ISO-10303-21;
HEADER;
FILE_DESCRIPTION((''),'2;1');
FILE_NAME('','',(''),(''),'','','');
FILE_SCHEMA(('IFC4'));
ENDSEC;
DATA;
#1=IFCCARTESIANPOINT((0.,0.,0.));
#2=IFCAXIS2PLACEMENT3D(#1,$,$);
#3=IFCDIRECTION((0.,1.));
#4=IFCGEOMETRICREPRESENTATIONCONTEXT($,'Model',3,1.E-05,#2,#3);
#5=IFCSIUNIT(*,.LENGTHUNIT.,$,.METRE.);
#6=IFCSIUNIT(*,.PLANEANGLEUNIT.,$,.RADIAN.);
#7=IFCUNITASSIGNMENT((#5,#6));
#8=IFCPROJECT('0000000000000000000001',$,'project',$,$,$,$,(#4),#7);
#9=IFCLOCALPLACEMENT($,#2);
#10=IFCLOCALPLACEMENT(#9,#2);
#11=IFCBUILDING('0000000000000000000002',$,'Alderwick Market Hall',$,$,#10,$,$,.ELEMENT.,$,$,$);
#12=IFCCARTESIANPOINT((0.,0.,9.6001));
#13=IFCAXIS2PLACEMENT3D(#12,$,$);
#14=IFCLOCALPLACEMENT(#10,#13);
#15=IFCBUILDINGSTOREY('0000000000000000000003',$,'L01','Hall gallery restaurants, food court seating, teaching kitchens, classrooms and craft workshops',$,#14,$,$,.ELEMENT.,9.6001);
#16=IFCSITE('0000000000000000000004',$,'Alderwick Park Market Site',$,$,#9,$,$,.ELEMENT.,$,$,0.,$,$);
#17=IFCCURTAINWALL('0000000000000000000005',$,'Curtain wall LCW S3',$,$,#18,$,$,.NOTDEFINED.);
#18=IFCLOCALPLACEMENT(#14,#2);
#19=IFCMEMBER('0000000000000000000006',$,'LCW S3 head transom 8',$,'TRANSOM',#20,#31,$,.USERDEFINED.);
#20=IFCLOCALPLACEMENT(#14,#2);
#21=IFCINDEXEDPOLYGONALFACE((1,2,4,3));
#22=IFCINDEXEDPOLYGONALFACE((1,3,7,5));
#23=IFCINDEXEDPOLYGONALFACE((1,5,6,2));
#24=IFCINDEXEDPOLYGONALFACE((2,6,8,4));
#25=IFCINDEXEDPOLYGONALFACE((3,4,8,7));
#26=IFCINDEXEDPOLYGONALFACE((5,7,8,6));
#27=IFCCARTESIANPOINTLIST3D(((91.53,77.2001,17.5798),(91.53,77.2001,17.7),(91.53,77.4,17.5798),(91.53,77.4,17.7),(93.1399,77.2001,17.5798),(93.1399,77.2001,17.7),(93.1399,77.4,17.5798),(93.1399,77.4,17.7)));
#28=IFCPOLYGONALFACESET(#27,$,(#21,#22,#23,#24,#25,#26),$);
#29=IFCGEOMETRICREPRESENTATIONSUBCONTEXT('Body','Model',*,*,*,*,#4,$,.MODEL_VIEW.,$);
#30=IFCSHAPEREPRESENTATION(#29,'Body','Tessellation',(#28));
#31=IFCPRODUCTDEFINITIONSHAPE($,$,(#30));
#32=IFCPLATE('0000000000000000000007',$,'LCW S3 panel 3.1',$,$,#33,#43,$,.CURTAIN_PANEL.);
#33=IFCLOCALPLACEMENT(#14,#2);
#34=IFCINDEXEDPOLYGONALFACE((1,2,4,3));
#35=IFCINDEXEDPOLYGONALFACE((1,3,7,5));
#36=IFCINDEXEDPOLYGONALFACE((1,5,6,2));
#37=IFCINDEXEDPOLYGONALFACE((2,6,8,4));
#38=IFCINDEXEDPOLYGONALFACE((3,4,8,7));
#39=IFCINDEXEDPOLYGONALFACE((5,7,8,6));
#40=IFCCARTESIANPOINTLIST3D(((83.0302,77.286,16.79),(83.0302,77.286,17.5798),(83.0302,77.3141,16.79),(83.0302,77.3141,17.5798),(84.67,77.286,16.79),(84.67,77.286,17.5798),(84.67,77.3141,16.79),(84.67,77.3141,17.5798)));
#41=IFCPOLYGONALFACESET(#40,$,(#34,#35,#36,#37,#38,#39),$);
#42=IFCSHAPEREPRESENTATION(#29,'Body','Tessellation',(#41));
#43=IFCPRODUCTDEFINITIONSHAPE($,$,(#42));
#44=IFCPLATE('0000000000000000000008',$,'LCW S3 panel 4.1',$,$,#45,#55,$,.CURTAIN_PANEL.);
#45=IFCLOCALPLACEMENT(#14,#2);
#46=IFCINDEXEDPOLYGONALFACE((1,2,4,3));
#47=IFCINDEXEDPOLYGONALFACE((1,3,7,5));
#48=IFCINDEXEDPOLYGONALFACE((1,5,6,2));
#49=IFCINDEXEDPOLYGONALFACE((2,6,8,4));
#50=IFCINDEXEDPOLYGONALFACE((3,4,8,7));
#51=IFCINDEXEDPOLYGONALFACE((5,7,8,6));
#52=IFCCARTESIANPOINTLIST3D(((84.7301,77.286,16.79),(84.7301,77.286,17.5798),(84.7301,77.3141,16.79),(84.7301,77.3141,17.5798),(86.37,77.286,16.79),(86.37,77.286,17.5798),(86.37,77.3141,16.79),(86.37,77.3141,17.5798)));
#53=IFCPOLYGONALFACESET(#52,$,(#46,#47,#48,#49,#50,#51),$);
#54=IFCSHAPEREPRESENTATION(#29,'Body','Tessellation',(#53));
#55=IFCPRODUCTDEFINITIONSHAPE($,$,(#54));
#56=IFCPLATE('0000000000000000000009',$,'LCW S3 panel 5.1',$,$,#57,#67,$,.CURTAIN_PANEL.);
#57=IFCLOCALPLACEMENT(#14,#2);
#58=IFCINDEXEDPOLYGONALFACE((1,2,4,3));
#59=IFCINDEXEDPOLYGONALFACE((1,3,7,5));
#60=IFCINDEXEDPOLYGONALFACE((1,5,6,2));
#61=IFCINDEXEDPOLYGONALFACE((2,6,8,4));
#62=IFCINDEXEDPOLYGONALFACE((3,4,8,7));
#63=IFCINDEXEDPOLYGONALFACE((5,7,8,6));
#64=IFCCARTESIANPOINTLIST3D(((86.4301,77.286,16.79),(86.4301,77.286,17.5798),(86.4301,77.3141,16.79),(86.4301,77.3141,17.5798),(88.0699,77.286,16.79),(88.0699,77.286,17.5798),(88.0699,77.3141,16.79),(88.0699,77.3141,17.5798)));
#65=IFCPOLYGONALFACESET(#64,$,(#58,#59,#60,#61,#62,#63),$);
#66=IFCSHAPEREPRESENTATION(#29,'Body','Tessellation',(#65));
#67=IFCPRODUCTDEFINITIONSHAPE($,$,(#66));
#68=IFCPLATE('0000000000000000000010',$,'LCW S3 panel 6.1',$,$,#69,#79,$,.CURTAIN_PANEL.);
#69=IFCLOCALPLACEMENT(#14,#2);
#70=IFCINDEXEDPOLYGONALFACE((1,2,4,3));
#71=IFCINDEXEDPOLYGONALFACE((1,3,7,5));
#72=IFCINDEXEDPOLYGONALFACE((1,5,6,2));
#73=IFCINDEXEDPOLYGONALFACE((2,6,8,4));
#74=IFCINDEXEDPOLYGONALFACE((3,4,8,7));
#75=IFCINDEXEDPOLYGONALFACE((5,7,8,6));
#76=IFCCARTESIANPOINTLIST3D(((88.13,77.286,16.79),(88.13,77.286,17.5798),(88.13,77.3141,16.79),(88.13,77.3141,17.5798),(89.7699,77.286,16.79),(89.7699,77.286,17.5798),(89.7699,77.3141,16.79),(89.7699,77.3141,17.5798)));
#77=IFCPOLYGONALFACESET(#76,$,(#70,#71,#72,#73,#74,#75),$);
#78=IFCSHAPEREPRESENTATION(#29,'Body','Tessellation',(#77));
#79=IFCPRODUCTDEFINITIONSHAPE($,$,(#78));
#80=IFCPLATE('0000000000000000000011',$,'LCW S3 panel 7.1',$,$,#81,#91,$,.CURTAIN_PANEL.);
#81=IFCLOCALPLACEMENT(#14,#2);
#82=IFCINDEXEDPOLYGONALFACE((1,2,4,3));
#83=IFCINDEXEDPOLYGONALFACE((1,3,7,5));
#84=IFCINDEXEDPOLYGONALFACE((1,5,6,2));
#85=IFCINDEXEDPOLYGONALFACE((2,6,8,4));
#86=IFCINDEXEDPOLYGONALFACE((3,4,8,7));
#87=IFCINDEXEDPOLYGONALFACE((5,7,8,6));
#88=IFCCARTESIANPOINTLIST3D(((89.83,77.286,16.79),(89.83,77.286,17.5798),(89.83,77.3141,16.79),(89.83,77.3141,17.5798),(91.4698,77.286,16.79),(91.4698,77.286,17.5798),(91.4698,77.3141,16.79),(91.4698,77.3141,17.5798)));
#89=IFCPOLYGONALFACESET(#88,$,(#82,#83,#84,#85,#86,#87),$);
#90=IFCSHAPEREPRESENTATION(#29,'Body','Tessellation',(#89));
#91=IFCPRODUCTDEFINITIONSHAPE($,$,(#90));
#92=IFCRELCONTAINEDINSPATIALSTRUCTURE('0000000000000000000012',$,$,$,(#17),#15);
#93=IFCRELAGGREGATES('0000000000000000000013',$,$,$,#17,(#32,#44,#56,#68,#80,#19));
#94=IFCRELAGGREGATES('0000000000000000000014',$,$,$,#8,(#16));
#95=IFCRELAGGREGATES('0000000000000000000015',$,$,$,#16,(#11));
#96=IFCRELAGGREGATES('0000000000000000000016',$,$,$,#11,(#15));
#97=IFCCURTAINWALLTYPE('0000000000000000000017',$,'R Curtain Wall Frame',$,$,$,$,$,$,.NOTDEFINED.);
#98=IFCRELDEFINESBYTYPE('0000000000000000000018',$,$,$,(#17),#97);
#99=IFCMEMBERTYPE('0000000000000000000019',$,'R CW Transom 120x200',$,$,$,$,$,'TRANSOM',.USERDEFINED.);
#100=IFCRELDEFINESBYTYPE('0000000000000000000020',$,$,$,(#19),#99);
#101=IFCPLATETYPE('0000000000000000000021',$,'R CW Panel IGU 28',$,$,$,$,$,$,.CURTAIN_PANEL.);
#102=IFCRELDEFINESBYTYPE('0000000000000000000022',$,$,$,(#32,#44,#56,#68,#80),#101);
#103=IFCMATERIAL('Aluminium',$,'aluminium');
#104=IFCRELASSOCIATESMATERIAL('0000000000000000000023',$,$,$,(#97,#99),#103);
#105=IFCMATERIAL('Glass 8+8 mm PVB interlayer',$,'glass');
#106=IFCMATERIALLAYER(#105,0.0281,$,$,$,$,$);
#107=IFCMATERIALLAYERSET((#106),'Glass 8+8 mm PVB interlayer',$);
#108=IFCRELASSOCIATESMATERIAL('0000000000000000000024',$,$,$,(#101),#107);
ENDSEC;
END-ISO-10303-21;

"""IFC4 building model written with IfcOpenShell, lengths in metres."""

from ifc_helpers import new_model, si_unit, direction, frame, origin, origin_2d, place, context, subcontext, project, spatial, rectangle, extrude, material, layer, layer_set, material_profile, profile_set, type_object, element, aggregate, save


model = new_model("IFC4")

# Units and contexts
model_context = context("Model", 3, precision=1e-05, world=origin(), true_north=direction((0.0, 1.0)))
body_context = subcontext(model_context, "Body", "Model", "MODEL_VIEW")
ifc_project = project(units=[si_unit("LENGTHUNIT", "METRE"), si_unit("PLANEANGLEUNIT", "RADIAN")], contexts=[model_context])

# Site, building, storey
site_placement = place(None, origin())
site = spatial("IfcSite", under=ifc_project, at=site_placement, Name="Alderwick Park Market Site", CompositionType="ELEMENT", RefElevation=0.0)
building_placement = place(site_placement, origin())
building = spatial("IfcBuilding", under=site, at=building_placement, Name="Alderwick Market Hall", CompositionType="ELEMENT")
storey_placement = place(building_placement, frame((0.0, 0.0, 9.6001)))
storey = spatial("IfcBuildingStorey", under=building, at=storey_placement, Name="L01", Description="Hall gallery restaurants, food court seating, teaching kitchens, classrooms and craft workshops", CompositionType="ELEMENT", Elevation=9.6001)

# Curtain wall, member, plates
ifc_material_1 = material(Name="Aluminium", Category="aluminium")
curtain_wall_type = type_object("IfcCurtainWallType", Name="R Curtain Wall Frame", PredefinedType="NOTDEFINED", material=ifc_material_1)
curtain_wall_placement = place(storey_placement, origin())
curtain_wall = element("IfcCurtainWall", 1, at=curtain_wall_placement, inside=storey, type_object=curtain_wall_type, Name="Curtain wall LCW S3", PredefinedType="NOTDEFINED")
ifc_material_profile_1 = material_profile(ifc_material_1, rectangle(XDim=0.2, YDim=0.1201, at=origin_2d()), Name="AL 120x200")
ifc_profile_set_1 = profile_set([ifc_material_profile_1], Name="Aluminium")
member_type_1 = type_object("IfcMemberType", Name="R CW Transom 120x200", ElementType="TRANSOM", PredefinedType="USERDEFINED", material=ifc_profile_set_1)
member_1_placement = place(storey_placement, frame((91.53, 77.3, 17.6399), z_axis=(1.0, 0.0, 0.0), x_axis=(0.0, 1.0, 0.0)))
member_1 = element("IfcMember", 2, at=member_1_placement, type_object=member_type_1, Name="LCW S3 head transom 8", ObjectType="TRANSOM", PredefinedType="USERDEFINED", context=body_context, shape_type="SweptSolid", body=[
    extrude(rectangle(XDim=0.2, YDim=0.1201, at=origin_2d()), origin(), (0.0, 0.0, 1.0), 1.6099),
])
ifc_material_2 = material(Name="Glass 8+8 mm PVB interlayer", Category="glass")
ifc_layer = layer(ifc_material_2, 0.0281)
ifc_layer_set = layer_set([ifc_layer], Name="Glass 8+8 mm PVB interlayer")
plate_type = type_object("IfcPlateType", Name="R CW Panel IGU 28", PredefinedType="CURTAIN_PANEL", material=ifc_layer_set)
plate_1_placement = place(storey_placement, frame((83.8501, 77.3, 16.79), z_axis=(0.0, 0.0, 1.0), x_axis=(1.0, 0.0, 0.0)))
plate_1 = element("IfcPlate", 3, at=plate_1_placement, type_object=plate_type, Name="LCW S3 panel 3.1", PredefinedType="CURTAIN_PANEL", context=body_context, shape_type="SweptSolid", body=[
    extrude(rectangle(XDim=1.6399, YDim=0.0281, at=origin_2d()), origin(), (0.0, 0.0, 1.0), 0.7898),
])
plate_2_placement = place(storey_placement, frame((85.55, 77.3, 16.79), z_axis=(0.0, 0.0, 1.0), x_axis=(1.0, 0.0, 0.0)))
plate_2 = element("IfcPlate", 4, at=plate_2_placement, type_object=plate_type, Name="LCW S3 panel 4.1", PredefinedType="CURTAIN_PANEL", context=body_context, shape_type="SweptSolid", body=[
    extrude(rectangle(XDim=1.6399, YDim=0.0281, at=origin_2d()), origin(), (0.0, 0.0, 1.0), 0.7898),
])
plate_3_placement = place(storey_placement, frame((87.25, 77.3, 16.79), z_axis=(0.0, 0.0, 1.0), x_axis=(1.0, 0.0, 0.0)))
plate_3 = element("IfcPlate", 5, at=plate_3_placement, type_object=plate_type, Name="LCW S3 panel 5.1", PredefinedType="CURTAIN_PANEL", context=body_context, shape_type="SweptSolid", body=[
    extrude(rectangle(XDim=1.6399, YDim=0.0281, at=origin_2d()), origin(), (0.0, 0.0, 1.0), 0.7898),
])
plate_4_placement = place(storey_placement, frame((88.95, 77.3, 16.79), z_axis=(0.0, 0.0, 1.0), x_axis=(1.0, 0.0, 0.0)))
plate_4 = element("IfcPlate", 6, at=plate_4_placement, type_object=plate_type, Name="LCW S3 panel 6.1", PredefinedType="CURTAIN_PANEL", context=body_context, shape_type="SweptSolid", body=[
    extrude(rectangle(XDim=1.6399, YDim=0.0281, at=origin_2d()), origin(), (0.0, 0.0, 1.0), 0.7898),
])
plate_5_placement = place(storey_placement, frame((90.6499, 77.3, 16.79), z_axis=(0.0, 0.0, 1.0), x_axis=(1.0, 0.0, 0.0)))
plate_5 = element("IfcPlate", 7, at=plate_5_placement, type_object=plate_type, Name="LCW S3 panel 7.1", PredefinedType="CURTAIN_PANEL", context=body_context, shape_type="SweptSolid", body=[
    extrude(rectangle(XDim=1.6399, YDim=0.0281, at=origin_2d()), origin(), (0.0, 0.0, 1.0), 0.7898),
])
aggregate(curtain_wall, [plate_1, plate_2, plate_3, plate_4, plate_5, member_1])

save(model, "model.ifc")
